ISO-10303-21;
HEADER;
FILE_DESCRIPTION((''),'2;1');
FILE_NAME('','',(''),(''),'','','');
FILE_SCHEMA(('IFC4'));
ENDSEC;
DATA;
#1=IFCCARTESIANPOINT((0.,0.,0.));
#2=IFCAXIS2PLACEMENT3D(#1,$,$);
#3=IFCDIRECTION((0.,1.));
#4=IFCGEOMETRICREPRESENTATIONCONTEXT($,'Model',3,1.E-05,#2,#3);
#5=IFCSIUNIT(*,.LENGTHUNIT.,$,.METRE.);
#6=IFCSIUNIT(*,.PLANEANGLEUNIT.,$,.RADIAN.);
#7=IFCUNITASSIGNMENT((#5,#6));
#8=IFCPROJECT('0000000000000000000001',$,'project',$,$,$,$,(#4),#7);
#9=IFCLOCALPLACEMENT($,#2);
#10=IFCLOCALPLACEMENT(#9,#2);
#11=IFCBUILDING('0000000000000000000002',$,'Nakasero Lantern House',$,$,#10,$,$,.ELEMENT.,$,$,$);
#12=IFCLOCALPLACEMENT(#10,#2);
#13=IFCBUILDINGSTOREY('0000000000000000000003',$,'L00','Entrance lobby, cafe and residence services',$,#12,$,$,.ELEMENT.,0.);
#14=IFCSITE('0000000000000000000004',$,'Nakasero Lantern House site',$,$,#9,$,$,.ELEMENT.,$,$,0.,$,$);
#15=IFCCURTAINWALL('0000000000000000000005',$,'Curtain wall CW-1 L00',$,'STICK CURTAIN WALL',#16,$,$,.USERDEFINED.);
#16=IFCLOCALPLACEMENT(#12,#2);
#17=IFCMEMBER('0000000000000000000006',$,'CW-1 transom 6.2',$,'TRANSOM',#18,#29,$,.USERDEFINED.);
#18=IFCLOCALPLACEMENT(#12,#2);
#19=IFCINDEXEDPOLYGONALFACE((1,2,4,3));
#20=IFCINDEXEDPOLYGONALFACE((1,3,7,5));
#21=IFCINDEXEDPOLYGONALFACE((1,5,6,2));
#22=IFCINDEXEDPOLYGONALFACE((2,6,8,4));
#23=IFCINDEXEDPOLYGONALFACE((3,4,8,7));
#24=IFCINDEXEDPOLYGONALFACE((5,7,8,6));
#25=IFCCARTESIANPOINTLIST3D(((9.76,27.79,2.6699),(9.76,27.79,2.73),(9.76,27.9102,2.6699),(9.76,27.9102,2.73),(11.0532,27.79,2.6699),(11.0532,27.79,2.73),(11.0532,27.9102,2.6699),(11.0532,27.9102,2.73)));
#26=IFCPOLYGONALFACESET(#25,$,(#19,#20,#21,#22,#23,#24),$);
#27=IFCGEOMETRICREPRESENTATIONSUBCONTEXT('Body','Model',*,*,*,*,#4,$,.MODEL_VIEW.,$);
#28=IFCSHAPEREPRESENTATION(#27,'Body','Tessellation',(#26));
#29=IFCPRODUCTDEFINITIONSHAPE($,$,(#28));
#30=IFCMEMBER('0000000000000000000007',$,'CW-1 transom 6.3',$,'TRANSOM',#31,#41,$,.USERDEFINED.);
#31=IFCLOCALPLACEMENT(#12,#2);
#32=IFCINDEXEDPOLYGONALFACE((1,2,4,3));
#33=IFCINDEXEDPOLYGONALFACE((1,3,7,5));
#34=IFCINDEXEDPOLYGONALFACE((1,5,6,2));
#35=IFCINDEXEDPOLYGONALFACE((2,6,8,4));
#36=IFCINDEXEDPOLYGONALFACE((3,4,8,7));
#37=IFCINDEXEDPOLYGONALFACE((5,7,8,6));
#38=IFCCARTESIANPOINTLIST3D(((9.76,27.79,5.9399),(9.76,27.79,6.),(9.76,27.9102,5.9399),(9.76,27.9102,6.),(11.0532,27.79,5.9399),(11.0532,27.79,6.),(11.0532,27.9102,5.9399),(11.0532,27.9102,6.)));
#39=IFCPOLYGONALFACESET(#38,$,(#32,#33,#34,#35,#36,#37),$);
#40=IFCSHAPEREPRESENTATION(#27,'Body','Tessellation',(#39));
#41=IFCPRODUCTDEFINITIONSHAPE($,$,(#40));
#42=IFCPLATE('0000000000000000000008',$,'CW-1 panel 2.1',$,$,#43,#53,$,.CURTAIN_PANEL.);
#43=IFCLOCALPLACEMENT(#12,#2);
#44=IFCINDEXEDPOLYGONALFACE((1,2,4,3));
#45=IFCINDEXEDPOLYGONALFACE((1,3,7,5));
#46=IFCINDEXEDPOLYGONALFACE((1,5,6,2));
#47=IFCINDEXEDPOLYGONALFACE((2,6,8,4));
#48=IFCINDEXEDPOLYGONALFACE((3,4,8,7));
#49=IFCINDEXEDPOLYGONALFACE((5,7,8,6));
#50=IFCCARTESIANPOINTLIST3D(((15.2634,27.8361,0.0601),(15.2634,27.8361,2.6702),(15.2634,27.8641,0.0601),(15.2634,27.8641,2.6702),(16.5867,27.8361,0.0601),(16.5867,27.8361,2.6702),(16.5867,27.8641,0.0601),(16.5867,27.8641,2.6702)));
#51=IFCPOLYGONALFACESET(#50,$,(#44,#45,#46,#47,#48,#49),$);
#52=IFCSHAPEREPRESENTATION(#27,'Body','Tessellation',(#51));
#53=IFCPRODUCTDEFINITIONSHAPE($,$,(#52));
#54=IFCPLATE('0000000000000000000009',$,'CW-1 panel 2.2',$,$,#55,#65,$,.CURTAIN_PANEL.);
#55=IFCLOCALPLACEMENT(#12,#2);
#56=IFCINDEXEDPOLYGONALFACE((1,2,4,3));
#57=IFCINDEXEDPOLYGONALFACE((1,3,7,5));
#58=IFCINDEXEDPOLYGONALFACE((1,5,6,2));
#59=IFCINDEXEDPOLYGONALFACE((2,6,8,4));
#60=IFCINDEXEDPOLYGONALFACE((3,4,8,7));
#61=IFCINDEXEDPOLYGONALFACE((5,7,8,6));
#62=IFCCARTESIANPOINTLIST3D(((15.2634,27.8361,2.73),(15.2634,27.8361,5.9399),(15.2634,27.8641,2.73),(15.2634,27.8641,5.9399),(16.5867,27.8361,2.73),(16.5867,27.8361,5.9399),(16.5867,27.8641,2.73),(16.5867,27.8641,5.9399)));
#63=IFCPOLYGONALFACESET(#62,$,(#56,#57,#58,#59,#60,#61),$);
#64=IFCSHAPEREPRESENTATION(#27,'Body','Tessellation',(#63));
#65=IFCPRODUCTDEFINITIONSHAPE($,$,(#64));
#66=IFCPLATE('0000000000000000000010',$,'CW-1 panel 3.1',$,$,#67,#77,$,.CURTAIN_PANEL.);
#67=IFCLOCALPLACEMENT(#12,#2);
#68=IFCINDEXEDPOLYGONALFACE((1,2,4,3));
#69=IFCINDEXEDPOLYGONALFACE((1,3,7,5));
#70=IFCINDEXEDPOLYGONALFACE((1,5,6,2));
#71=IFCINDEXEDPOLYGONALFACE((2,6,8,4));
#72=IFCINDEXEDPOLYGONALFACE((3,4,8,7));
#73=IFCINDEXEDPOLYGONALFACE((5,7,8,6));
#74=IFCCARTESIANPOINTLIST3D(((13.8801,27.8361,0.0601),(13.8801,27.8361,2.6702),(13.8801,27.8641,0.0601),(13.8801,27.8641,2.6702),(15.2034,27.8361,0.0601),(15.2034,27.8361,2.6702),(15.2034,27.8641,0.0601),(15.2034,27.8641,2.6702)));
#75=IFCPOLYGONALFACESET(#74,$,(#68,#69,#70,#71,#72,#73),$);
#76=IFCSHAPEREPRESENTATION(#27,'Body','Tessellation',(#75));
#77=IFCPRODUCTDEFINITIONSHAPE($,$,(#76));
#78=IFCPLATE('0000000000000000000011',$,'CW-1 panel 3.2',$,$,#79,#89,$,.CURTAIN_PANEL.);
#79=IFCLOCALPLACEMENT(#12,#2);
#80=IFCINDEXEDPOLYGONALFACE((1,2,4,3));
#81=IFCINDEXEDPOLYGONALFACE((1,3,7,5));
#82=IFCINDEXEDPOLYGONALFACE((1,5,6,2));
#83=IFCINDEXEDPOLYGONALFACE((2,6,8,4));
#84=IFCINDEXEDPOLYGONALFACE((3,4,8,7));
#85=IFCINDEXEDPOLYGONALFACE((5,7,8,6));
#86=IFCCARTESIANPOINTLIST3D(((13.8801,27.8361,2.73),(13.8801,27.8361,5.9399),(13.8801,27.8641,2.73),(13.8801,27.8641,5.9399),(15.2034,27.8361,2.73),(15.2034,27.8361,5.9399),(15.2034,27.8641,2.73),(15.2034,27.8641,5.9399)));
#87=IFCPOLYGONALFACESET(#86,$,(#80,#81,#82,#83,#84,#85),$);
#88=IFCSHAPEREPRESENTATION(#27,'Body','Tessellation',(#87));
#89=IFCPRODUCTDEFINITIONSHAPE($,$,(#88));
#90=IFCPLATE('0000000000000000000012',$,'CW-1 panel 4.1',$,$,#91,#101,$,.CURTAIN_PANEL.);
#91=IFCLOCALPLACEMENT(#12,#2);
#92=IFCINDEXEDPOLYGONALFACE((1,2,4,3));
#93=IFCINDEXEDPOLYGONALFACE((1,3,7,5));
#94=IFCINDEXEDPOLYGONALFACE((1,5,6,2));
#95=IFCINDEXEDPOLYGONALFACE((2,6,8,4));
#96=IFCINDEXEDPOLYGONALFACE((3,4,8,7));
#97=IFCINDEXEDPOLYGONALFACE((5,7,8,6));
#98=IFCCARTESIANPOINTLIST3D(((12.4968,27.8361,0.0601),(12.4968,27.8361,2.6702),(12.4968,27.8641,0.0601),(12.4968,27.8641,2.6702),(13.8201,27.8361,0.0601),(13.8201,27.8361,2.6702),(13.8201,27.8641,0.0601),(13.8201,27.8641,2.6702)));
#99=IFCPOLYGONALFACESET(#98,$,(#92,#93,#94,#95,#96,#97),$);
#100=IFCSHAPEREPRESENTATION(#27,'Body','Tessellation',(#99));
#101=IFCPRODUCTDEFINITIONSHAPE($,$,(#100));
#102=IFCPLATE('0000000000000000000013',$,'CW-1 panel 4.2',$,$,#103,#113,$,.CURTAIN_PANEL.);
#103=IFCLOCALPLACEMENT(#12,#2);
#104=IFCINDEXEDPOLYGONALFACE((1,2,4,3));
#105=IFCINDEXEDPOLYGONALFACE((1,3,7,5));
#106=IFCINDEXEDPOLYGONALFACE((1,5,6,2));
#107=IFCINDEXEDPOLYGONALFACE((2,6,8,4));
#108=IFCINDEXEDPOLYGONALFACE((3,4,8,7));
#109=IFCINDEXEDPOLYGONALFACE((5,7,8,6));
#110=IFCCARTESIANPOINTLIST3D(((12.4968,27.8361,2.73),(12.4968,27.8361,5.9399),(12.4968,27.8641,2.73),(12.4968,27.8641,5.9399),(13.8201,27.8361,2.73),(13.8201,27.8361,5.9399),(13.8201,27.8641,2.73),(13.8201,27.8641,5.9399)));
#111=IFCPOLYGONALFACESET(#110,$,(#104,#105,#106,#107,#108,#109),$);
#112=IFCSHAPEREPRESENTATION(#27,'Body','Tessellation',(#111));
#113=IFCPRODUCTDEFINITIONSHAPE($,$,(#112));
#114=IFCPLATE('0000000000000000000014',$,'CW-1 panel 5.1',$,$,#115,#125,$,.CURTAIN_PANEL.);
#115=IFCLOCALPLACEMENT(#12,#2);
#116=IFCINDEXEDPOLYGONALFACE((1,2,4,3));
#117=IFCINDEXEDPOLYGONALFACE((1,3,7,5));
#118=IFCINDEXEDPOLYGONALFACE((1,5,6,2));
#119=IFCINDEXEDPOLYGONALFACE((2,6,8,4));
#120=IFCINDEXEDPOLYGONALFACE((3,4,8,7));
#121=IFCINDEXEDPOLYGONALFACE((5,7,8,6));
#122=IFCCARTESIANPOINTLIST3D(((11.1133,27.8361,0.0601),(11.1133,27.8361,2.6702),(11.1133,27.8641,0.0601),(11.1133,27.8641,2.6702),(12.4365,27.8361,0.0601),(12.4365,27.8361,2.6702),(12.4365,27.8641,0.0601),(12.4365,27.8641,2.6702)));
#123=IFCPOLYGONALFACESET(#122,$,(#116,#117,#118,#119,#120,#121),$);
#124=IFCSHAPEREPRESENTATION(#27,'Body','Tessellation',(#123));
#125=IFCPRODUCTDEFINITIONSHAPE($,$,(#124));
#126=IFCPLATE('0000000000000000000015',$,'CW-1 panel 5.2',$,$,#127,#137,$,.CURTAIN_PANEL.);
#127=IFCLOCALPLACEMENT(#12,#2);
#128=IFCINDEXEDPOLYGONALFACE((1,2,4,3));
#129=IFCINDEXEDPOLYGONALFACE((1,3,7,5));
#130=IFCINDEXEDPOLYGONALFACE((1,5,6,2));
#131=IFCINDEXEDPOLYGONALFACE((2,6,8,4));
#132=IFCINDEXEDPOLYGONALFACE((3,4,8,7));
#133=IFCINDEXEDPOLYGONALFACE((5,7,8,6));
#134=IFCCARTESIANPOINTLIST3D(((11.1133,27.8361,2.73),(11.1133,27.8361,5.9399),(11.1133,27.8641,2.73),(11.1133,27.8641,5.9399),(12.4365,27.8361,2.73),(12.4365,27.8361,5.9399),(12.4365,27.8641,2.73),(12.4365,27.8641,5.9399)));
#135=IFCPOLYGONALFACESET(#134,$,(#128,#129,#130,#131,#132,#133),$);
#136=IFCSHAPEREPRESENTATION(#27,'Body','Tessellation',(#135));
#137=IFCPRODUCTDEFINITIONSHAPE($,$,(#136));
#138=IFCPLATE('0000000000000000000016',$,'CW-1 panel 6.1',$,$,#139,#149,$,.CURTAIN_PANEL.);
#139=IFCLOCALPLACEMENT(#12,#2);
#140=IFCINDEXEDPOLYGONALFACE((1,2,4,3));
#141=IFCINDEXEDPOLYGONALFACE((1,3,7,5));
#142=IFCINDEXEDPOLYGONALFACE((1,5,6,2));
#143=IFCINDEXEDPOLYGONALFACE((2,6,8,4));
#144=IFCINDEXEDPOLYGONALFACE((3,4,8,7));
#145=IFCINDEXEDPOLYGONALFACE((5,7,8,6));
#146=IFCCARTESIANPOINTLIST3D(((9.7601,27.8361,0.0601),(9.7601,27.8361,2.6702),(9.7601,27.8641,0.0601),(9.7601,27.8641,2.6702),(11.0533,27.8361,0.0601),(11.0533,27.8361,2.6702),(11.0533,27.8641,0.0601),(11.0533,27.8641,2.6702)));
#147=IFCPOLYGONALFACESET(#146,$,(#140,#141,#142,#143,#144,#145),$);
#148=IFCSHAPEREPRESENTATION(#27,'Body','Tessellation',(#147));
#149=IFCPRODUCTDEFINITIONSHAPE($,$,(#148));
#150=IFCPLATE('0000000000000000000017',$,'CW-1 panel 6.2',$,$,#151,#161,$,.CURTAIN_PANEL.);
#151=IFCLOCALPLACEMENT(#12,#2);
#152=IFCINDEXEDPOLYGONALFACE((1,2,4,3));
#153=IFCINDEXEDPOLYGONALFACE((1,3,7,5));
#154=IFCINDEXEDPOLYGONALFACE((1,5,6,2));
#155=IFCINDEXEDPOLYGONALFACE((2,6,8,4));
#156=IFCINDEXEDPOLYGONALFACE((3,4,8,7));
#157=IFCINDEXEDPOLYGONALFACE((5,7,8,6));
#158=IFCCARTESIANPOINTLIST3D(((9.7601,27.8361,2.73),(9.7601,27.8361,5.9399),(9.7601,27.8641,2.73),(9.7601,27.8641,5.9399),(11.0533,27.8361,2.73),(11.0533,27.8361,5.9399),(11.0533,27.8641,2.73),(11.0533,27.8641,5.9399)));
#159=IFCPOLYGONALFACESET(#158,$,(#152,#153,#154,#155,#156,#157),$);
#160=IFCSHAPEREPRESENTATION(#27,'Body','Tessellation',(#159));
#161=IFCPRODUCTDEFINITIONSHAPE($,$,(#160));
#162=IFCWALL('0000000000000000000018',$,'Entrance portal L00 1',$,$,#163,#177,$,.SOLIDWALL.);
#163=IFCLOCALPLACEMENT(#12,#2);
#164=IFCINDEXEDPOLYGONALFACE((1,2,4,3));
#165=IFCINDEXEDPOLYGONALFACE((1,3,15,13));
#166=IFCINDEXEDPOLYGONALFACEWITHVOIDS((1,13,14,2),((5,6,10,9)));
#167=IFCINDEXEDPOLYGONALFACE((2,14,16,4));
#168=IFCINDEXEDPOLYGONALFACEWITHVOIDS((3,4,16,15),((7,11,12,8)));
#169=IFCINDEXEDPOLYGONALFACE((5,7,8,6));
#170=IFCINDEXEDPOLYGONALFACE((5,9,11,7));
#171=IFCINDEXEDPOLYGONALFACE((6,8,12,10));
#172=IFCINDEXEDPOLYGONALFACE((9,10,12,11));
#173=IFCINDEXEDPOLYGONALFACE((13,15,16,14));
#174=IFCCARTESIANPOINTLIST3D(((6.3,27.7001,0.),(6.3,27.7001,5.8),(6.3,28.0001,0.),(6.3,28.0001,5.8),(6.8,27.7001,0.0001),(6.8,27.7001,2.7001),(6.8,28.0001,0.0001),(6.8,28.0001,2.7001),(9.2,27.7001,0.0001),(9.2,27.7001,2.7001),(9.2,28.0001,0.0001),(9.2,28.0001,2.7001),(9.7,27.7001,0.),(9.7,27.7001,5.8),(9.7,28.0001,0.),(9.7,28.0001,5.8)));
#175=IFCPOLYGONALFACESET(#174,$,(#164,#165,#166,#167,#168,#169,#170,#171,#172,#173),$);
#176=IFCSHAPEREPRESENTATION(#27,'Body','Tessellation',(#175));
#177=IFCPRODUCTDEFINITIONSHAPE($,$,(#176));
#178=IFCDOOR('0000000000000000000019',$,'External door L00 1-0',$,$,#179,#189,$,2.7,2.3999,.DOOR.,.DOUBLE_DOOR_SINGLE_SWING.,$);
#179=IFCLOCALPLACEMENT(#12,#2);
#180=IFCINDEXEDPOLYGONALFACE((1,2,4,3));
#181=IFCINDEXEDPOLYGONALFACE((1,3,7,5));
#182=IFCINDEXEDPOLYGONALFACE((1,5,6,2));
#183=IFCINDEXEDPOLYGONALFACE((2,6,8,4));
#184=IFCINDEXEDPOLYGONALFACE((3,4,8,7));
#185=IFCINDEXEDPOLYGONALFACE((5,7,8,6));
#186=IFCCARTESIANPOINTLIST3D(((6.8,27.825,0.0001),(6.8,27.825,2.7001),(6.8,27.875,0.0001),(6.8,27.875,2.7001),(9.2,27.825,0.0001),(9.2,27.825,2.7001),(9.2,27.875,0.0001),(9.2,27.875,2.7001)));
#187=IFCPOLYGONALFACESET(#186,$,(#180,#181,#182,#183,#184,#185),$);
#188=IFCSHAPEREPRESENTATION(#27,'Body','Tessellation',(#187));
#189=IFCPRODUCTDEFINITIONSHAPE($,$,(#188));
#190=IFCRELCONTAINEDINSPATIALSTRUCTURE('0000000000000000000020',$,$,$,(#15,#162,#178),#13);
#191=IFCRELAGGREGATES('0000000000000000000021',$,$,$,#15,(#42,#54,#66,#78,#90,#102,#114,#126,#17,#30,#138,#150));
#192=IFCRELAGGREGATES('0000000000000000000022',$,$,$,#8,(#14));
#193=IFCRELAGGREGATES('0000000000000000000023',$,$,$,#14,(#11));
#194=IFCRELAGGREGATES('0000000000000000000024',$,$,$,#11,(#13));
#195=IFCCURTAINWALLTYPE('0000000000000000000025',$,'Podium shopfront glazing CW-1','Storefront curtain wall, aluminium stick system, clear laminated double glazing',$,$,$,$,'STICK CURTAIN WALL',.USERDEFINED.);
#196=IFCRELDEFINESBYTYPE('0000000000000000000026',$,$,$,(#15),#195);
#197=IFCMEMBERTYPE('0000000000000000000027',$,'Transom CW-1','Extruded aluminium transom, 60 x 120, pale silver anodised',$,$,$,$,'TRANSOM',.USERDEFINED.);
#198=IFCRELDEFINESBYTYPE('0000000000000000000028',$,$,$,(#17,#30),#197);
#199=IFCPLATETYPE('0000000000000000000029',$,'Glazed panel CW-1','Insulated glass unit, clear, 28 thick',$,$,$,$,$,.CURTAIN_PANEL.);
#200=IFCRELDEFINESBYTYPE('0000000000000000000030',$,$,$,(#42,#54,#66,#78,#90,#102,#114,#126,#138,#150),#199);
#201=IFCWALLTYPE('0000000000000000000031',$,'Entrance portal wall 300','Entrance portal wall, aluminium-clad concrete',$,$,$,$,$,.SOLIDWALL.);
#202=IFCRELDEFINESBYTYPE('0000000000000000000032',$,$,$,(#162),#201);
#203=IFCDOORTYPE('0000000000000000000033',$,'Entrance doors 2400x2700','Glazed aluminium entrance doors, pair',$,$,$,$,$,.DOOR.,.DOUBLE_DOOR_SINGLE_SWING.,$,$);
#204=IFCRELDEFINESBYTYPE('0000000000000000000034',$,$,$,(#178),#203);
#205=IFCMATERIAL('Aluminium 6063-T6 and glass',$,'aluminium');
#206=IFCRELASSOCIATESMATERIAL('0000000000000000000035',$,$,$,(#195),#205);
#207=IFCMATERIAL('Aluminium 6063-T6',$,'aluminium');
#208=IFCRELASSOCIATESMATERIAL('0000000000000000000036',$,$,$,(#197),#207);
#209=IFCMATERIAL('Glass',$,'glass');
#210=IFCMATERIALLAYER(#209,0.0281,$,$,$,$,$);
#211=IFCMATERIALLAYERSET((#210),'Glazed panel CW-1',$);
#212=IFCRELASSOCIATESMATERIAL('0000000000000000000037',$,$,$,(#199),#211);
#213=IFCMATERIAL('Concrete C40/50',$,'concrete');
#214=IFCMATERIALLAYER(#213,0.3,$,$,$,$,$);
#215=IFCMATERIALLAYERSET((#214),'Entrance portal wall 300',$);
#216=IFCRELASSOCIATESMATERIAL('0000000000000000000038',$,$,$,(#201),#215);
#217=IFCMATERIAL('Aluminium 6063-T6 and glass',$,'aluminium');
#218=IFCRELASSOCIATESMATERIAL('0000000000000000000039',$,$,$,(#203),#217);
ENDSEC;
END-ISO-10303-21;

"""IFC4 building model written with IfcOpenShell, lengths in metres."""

from ifc_helpers import new_model, si_unit, direction, frame, frame_2d, origin, origin_2d, place, context, subcontext, project, spatial, rectangle, extrude, material, layer, layer_set, material_profile, profile_set, type_object, element, fill, aggregate, save


model = new_model("IFC4")

# Units and contexts
model_context = context("Model", 3, precision=1e-05, world=origin(), true_north=direction((0.0, 1.0)))
body_context = subcontext(model_context, "Body", "Model", "MODEL_VIEW")
ifc_project = project(units=[si_unit("LENGTHUNIT", "METRE"), si_unit("PLANEANGLEUNIT", "RADIAN")], contexts=[model_context])

# Site, building, storey
site_placement = place(None, origin())
site = spatial("IfcSite", under=ifc_project, at=site_placement, Name="Nakasero Lantern House site", CompositionType="ELEMENT", RefElevation=0.0)
building_placement = place(site_placement, origin())
building = spatial("IfcBuilding", under=site, at=building_placement, Name="Nakasero Lantern House", CompositionType="ELEMENT")
storey_placement = place(building_placement, origin())
storey = spatial("IfcBuildingStorey", under=building, at=storey_placement, Name="L00", Description="Entrance lobby, cafe and residence services", CompositionType="ELEMENT", Elevation=0.0)

# Curtain wall
ifc_material_1 = material(Name="Aluminium 6063-T6 and glass", Category="aluminium")
curtain_wall_type = type_object("IfcCurtainWallType", Name="Podium shopfront glazing CW-1", Description="Storefront curtain wall, aluminium stick system, clear laminated double glazing", ElementType="STICK CURTAIN WALL", PredefinedType="USERDEFINED", material=ifc_material_1)
curtain_wall_placement = place(storey_placement, origin())
curtain_wall = element("IfcCurtainWall", 1, at=curtain_wall_placement, inside=storey, type_object=curtain_wall_type, Name="Curtain wall CW-1 L00", ObjectType="STICK CURTAIN WALL", PredefinedType="USERDEFINED")

# Members
ifc_material_2 = material(Name="Aluminium 6063-T6", Category="aluminium")
ifc_material_profile_1 = material_profile(ifc_material_2, rectangle(XDim=0.0601, YDim=0.1201, at=origin_2d()), Name="CW-1 transom 60x120")
ifc_profile_set_1 = profile_set([ifc_material_profile_1], Name="Aluminium 6063-T6")
member_type_1 = type_object("IfcMemberType", Name="Transom CW-1", Description="Extruded aluminium transom, 60 x 120, pale silver anodised", ElementType="TRANSOM", PredefinedType="USERDEFINED", material=ifc_profile_set_1)
member_1_placement = place(storey_placement, frame((11.0532, 27.8501, 2.7), z_axis=(-1.0, 0.0, 0.0), x_axis=(0.0, 0.0, 1.0)))
member_1 = element("IfcMember", 2, at=member_1_placement, type_object=member_type_1, Name="CW-1 transom 6.2", ObjectType="TRANSOM", PredefinedType="USERDEFINED", context=body_context, shape_type="SweptSolid", body=[
    extrude(rectangle(XDim=0.0601, YDim=0.1201, at=origin_2d()), origin(), (0.0, 0.0, 1.0), 1.2932),
])
member_2_placement = place(storey_placement, frame((11.0532, 27.8501, 5.97), z_axis=(-1.0, 0.0, 0.0), x_axis=(0.0, 0.0, 1.0)))
member_2 = element("IfcMember", 3, at=member_2_placement, type_object=member_type_1, Name="CW-1 transom 6.3", ObjectType="TRANSOM", PredefinedType="USERDEFINED", context=body_context, shape_type="SweptSolid", body=[
    extrude(rectangle(XDim=0.0601, YDim=0.1201, at=origin_2d()), origin(), (0.0, 0.0, 1.0), 1.2932),
])

# Plates
ifc_material_3 = material(Name="Glass", Category="glass")
ifc_layer_1 = layer(ifc_material_3, 0.0281)
ifc_layer_set_1 = layer_set([ifc_layer_1], Name="Glazed panel CW-1")
plate_type = type_object("IfcPlateType", Name="Glazed panel CW-1", Description="Insulated glass unit, clear, 28 thick", PredefinedType="CURTAIN_PANEL", material=ifc_layer_set_1)
plate_1_placement = place(storey_placement, frame((15.925, 27.8501, 0.0601), z_axis=(0.0, 0.0, 1.0), x_axis=(-1.0, 0.0, 0.0)))
plate_1 = element("IfcPlate", 4, at=plate_1_placement, type_object=plate_type, Name="CW-1 panel 2.1", PredefinedType="CURTAIN_PANEL", context=body_context, shape_type="SweptSolid", body=[
    extrude(rectangle(XDim=1.3232, YDim=0.0281, at=origin_2d()), origin(), (0.0, 0.0, 1.0), 2.6101),
])
plate_2_placement = place(storey_placement, frame((15.925, 27.8501, 2.73), z_axis=(0.0, 0.0, 1.0), x_axis=(-1.0, 0.0, 0.0)))
plate_2 = element("IfcPlate", 5, at=plate_2_placement, type_object=plate_type, Name="CW-1 panel 2.2", PredefinedType="CURTAIN_PANEL", context=body_context, shape_type="SweptSolid", body=[
    extrude(rectangle(XDim=1.3232, YDim=0.0281, at=origin_2d()), origin(), (0.0, 0.0, 1.0), 3.21),
])
plate_3_placement = place(storey_placement, frame((14.5417, 27.8501, 0.0601), z_axis=(0.0, 0.0, 1.0), x_axis=(-1.0, 0.0, 0.0)))
plate_3 = element("IfcPlate", 6, at=plate_3_placement, type_object=plate_type, Name="CW-1 panel 3.1", PredefinedType="CURTAIN_PANEL", context=body_context, shape_type="SweptSolid", body=[
    extrude(rectangle(XDim=1.3232, YDim=0.0281, at=origin_2d()), origin(), (0.0, 0.0, 1.0), 2.6101),
])
plate_4_placement = place(storey_placement, frame((14.5417, 27.8501, 2.73), z_axis=(0.0, 0.0, 1.0), x_axis=(-1.0, 0.0, 0.0)))
plate_4 = element("IfcPlate", 7, at=plate_4_placement, type_object=plate_type, Name="CW-1 panel 3.2", PredefinedType="CURTAIN_PANEL", context=body_context, shape_type="SweptSolid", body=[
    extrude(rectangle(XDim=1.3232, YDim=0.0281, at=origin_2d()), origin(), (0.0, 0.0, 1.0), 3.21),
])
plate_5_placement = place(storey_placement, frame((13.1584, 27.8501, 0.0601), z_axis=(0.0, 0.0, 1.0), x_axis=(-1.0, 0.0, 0.0)))
plate_5 = element("IfcPlate", 8, at=plate_5_placement, type_object=plate_type, Name="CW-1 panel 4.1", PredefinedType="CURTAIN_PANEL", context=body_context, shape_type="SweptSolid", body=[
    extrude(rectangle(XDim=1.3232, YDim=0.0281, at=origin_2d()), origin(), (0.0, 0.0, 1.0), 2.6101),
])
plate_6_placement = place(storey_placement, frame((13.1584, 27.8501, 2.73), z_axis=(0.0, 0.0, 1.0), x_axis=(-1.0, 0.0, 0.0)))
plate_6 = element("IfcPlate", 9, at=plate_6_placement, type_object=plate_type, Name="CW-1 panel 4.2", PredefinedType="CURTAIN_PANEL", context=body_context, shape_type="SweptSolid", body=[
    extrude(rectangle(XDim=1.3232, YDim=0.0281, at=origin_2d()), origin(), (0.0, 0.0, 1.0), 3.21),
])
plate_7_placement = place(storey_placement, frame((11.7749, 27.8501, 0.0601), z_axis=(0.0, 0.0, 1.0), x_axis=(-1.0, 0.0, 0.0)))
plate_7 = element("IfcPlate", 10, at=plate_7_placement, type_object=plate_type, Name="CW-1 panel 5.1", PredefinedType="CURTAIN_PANEL", context=body_context, shape_type="SweptSolid", body=[
    extrude(rectangle(XDim=1.3232, YDim=0.0281, at=origin_2d()), origin(), (0.0, 0.0, 1.0), 2.6101),
])
plate_8_placement = place(storey_placement, frame((11.7749, 27.8501, 2.73), z_axis=(0.0, 0.0, 1.0), x_axis=(-1.0, 0.0, 0.0)))
plate_8 = element("IfcPlate", 11, at=plate_8_placement, type_object=plate_type, Name="CW-1 panel 5.2", PredefinedType="CURTAIN_PANEL", context=body_context, shape_type="SweptSolid", body=[
    extrude(rectangle(XDim=1.3232, YDim=0.0281, at=origin_2d()), origin(), (0.0, 0.0, 1.0), 3.21),
])
plate_9_placement = place(storey_placement, frame((10.4067, 27.8501, 0.0601), z_axis=(0.0, 0.0, 1.0), x_axis=(-1.0, 0.0, 0.0)))
plate_9 = element("IfcPlate", 12, at=plate_9_placement, type_object=plate_type, Name="CW-1 panel 6.1", PredefinedType="CURTAIN_PANEL", context=body_context, shape_type="SweptSolid", body=[
    extrude(rectangle(XDim=1.2932, YDim=0.0281, at=origin_2d()), origin(), (0.0, 0.0, 1.0), 2.6101),
])
plate_10_placement = place(storey_placement, frame((10.4067, 27.8501, 2.73), z_axis=(0.0, 0.0, 1.0), x_axis=(-1.0, 0.0, 0.0)))
plate_10 = element("IfcPlate", 13, at=plate_10_placement, type_object=plate_type, Name="CW-1 panel 6.2", PredefinedType="CURTAIN_PANEL", context=body_context, shape_type="SweptSolid", body=[
    extrude(rectangle(XDim=1.2932, YDim=0.0281, at=origin_2d()), origin(), (0.0, 0.0, 1.0), 3.21),
])
aggregate(curtain_wall, [plate_1, plate_2, plate_3, plate_4, plate_5, plate_6, plate_7, plate_8, member_1, member_2, plate_9, plate_10])

# Wall, opening, door
ifc_material_4 = material(Name="Concrete C40/50", Category="concrete")
ifc_layer_2 = layer(ifc_material_4, 0.3)
ifc_layer_set_2 = layer_set([ifc_layer_2], Name="Entrance portal wall 300")
wall_type = type_object("IfcWallType", Name="Entrance portal wall 300", Description="Entrance portal wall, aluminium-clad concrete", PredefinedType="SOLIDWALL", material=ifc_layer_set_2)
wall_placement = place(storey_placement, frame((9.7, 27.8501, 0.0), z_axis=(0.0, 0.0, 1.0), x_axis=(-1.0, 0.0, 0.0)))
wall = element("IfcWall", 14, at=wall_placement, inside=storey, type_object=wall_type, Name="Entrance portal L00 1", PredefinedType="SOLIDWALL", context=body_context, shape_type="SweptSolid", body=[
    extrude(rectangle(XDim=3.3999, YDim=0.3, at=frame_2d((1.7, 0.0))), origin(), (0.0, 0.0, 1.0), 5.8),
])
opening_placement = place(wall_placement, frame((0.5, 0.0, 0.0)))
opening = element("IfcOpeningElement", 15, at=opening_placement, cuts=wall, PredefinedType="OPENING", context=body_context, shape_type="SweptSolid", body=[
    extrude(rectangle(XDim=2.3999, YDim=2.7, at=frame_2d((1.2, 1.3501))), frame((0.0, 0.1699, 0.0), z_axis=(0.0, -1.0, 0.0), x_axis=(1.0, 0.0, 0.0)), (0.0, 0.0, 1.0), 0.3401),
])
ifc_material_5 = material(Name="Aluminium 6063-T6 and glass", Category="aluminium")
door_type = type_object("IfcDoorType", Name="Entrance doors 2400x2700", Description="Glazed aluminium entrance doors, pair", OperationType="DOUBLE_DOOR_SINGLE_SWING", PredefinedType="DOOR", material=ifc_material_5)
door_placement = place(opening_placement, frame((2.3999, 0.0, 0.0), z_axis=(0.0, 0.0, 1.0), x_axis=(-1.0, 0.0, 0.0)))
door = element("IfcDoor", 16, at=door_placement, inside=storey, type_object=door_type, Name="External door L00 1-0", OperationType="DOUBLE_DOOR_SINGLE_SWING", OverallHeight=2.7, OverallWidth=2.3999, PredefinedType="DOOR", context=body_context, shape_type="SweptSolid", body=[
    extrude(rectangle(XDim=2.3999, YDim=2.7, at=frame_2d((1.2, 1.3501))), frame((0.0, 0.0249, 0.0), z_axis=(0.0, -1.0, 0.0), x_axis=(1.0, 0.0, 0.0)), (0.0, 0.0, 1.0), 0.05),
])
fill(opening, door)

save(model, "model.ifc")
